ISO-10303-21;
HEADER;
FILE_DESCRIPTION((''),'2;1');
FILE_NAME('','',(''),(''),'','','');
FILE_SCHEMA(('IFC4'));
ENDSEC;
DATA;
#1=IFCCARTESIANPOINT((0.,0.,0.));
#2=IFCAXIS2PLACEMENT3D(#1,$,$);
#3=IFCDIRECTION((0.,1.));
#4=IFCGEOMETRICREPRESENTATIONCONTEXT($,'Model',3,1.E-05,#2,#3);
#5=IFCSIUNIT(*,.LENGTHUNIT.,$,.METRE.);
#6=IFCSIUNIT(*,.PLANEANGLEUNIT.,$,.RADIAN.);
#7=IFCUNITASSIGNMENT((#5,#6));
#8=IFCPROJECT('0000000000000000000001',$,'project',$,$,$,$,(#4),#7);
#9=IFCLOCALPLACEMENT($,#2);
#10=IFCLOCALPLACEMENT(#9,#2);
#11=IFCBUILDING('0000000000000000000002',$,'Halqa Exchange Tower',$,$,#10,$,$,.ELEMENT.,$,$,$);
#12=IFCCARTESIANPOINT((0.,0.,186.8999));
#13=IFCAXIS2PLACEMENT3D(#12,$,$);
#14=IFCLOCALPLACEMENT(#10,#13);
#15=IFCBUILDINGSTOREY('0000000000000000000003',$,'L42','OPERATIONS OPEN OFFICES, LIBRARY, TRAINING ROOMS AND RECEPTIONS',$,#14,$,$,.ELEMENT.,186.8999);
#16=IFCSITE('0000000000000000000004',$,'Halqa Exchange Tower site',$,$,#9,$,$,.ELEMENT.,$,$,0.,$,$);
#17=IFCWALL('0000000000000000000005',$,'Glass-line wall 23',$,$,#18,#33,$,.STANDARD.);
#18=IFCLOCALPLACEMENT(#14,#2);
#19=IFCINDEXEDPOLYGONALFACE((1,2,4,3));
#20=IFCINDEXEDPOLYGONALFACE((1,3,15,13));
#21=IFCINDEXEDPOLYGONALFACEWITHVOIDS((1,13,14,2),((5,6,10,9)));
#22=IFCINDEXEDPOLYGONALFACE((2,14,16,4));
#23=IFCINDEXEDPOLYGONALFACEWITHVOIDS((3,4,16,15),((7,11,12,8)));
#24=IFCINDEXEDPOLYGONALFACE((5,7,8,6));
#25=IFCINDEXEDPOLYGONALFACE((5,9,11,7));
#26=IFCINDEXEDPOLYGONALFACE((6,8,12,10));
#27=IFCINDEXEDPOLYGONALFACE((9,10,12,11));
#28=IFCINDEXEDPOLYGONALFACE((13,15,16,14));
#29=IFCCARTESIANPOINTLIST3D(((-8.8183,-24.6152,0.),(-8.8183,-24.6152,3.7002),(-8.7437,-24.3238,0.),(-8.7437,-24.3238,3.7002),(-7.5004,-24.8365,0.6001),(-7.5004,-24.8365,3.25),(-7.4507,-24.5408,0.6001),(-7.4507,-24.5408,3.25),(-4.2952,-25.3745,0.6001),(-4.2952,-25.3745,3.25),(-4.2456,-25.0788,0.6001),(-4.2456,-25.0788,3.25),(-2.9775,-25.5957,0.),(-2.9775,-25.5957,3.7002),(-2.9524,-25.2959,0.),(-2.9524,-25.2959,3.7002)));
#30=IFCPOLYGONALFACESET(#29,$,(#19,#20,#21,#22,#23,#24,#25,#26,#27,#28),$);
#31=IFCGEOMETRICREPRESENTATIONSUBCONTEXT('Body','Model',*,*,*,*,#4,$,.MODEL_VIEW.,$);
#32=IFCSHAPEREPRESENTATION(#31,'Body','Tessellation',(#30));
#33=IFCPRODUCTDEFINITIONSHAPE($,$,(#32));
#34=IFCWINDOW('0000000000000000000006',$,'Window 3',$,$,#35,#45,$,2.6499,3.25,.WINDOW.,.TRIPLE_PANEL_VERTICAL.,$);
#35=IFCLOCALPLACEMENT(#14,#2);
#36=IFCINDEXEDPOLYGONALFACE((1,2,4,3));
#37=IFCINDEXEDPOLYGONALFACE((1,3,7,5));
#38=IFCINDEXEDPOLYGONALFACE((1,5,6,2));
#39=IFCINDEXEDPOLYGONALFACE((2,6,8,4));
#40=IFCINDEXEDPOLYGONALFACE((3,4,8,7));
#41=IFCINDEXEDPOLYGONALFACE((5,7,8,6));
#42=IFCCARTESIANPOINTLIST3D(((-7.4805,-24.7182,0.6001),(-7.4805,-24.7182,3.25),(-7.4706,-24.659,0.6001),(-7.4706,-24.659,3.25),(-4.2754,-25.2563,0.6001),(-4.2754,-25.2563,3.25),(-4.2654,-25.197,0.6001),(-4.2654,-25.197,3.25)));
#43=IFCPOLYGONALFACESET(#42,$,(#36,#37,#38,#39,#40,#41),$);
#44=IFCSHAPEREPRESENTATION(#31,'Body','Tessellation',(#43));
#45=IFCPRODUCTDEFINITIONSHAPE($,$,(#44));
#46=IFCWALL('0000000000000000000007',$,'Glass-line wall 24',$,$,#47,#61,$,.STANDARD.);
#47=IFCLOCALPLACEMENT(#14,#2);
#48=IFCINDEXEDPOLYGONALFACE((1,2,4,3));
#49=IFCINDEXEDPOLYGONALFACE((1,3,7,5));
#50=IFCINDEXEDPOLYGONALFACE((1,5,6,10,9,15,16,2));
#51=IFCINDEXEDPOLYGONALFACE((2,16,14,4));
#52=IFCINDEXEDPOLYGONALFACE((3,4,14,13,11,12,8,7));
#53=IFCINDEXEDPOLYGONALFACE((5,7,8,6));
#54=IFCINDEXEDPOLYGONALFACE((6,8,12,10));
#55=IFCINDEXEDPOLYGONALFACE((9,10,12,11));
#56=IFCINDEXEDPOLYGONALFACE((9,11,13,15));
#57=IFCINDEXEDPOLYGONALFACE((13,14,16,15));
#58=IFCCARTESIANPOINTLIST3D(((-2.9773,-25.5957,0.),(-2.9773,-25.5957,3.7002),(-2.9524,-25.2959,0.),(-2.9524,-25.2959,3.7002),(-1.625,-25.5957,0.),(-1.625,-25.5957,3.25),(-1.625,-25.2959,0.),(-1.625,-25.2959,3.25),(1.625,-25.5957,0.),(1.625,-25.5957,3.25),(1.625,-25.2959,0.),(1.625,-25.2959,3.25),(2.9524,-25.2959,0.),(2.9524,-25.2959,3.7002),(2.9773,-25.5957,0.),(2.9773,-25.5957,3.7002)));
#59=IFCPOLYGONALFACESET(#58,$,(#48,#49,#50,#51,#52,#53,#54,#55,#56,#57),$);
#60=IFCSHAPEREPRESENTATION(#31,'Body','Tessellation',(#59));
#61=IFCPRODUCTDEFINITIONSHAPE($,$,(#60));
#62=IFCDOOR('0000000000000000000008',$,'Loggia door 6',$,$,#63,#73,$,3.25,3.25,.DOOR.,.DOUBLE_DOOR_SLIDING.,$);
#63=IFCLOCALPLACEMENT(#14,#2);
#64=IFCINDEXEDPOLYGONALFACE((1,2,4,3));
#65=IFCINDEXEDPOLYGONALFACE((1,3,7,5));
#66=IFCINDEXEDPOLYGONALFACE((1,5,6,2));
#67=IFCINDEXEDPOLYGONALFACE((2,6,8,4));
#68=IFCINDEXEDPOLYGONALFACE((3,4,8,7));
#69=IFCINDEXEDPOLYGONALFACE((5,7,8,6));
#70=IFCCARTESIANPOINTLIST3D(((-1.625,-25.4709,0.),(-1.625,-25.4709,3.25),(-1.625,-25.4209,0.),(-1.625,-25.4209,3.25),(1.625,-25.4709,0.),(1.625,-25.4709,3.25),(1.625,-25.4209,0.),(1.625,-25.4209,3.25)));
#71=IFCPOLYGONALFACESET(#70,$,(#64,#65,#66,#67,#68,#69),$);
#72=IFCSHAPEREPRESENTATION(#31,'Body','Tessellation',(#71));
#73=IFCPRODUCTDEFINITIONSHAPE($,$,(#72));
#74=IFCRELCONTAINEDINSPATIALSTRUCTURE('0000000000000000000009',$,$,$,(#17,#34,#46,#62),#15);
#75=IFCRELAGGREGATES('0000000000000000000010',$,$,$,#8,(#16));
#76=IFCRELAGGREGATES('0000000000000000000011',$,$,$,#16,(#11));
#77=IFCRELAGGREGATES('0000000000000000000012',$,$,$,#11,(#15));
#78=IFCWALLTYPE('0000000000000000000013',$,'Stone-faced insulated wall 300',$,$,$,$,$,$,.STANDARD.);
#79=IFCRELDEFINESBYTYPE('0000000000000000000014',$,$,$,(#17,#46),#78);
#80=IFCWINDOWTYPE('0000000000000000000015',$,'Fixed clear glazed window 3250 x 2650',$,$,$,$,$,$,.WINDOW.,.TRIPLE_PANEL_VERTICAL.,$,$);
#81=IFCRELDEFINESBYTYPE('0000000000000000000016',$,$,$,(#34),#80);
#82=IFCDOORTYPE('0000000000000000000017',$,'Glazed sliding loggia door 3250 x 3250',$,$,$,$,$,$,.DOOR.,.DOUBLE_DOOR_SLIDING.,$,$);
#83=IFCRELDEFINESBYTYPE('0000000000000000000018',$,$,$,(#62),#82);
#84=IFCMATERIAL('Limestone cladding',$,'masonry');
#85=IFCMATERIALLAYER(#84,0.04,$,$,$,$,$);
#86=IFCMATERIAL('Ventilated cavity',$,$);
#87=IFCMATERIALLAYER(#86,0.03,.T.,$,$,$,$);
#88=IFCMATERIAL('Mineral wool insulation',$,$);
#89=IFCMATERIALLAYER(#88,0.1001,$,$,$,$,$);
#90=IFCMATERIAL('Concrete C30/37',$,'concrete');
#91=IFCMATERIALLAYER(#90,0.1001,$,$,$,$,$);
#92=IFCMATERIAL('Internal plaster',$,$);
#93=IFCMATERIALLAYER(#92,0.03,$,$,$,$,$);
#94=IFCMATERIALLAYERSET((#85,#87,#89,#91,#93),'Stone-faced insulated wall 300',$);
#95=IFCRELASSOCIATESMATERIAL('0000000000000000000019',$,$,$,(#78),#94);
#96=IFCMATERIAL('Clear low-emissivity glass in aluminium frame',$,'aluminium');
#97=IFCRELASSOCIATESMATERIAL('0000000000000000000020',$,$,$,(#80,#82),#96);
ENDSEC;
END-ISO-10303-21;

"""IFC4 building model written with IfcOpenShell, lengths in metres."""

from ifc_helpers import new_model, si_unit, direction, frame, frame_2d, origin, place, context, subcontext, project, spatial, polyline, rectangle, outline, extrude, material, layer, layer_set, type_object, element, fill, save


model = new_model("IFC4")

# Units and contexts
model_context = context("Model", 3, precision=1e-05, world=origin(), true_north=direction((0.0, 1.0)))
body_context = subcontext(model_context, "Body", "Model", "MODEL_VIEW")
ifc_project = project(units=[si_unit("LENGTHUNIT", "METRE"), si_unit("PLANEANGLEUNIT", "RADIAN")], contexts=[model_context])

# Site, building, storey
site_placement = place(None, origin())
site = spatial("IfcSite", under=ifc_project, at=site_placement, Name="Halqa Exchange Tower site", CompositionType="ELEMENT", RefElevation=0.0)
building_placement = place(site_placement, origin())
building = spatial("IfcBuilding", under=site, at=building_placement, Name="Halqa Exchange Tower", CompositionType="ELEMENT")
storey_placement = place(building_placement, frame((0.0, 0.0, 186.8999)))
storey = spatial("IfcBuildingStorey", under=building, at=storey_placement, Name="L42", Description="OPERATIONS OPEN OFFICES, LIBRARY, TRAINING ROOMS AND RECEPTIONS", CompositionType="ELEMENT", Elevation=186.8999)

# Shared definitions
ifc_material_1 = material(Name="Concrete C30/37", Category="concrete")

# Wall, opening, window
ifc_material_2 = material(Name="Limestone cladding", Category="masonry")
ifc_layer_1 = layer(ifc_material_2, 0.04)
ifc_material_3 = material(Name="Ventilated cavity")
ifc_layer_2 = layer(ifc_material_3, 0.03, ventilated=True)
ifc_material_4 = material(Name="Mineral wool insulation")
ifc_layer_3 = layer(ifc_material_4, 0.1001)
ifc_layer_4 = layer(ifc_material_1, 0.1001)
ifc_material_5 = material(Name="Internal plaster")
ifc_layer_5 = layer(ifc_material_5, 0.03)
ifc_layer_set_1 = layer_set([ifc_layer_1, ifc_layer_2, ifc_layer_3, ifc_layer_4, ifc_layer_5], Name="Stone-faced insulated wall 300")
wall_type_1 = type_object("IfcWallType", Name="Stone-faced insulated wall 300", PredefinedType="STANDARD", material=ifc_layer_set_1)
wall_1_placement = place(storey_placement, frame((-8.781, -24.4695, 0.0), z_axis=(0.0, 0.0, 1.0), x_axis=(0.986202, -0.165547, 0.0)))
wall_1 = element("IfcWall", 1, at=wall_1_placement, inside=storey, type_object=wall_type_1, Name="Glass-line wall 23", PredefinedType="STANDARD", context=body_context, shape_type="SweptSolid", body=[
    extrude(outline(polyline([(-0.0127, -0.1499), (5.9099, -0.1499), (5.885, 0.1499), (0.0127, 0.1499), (-0.0127, -0.1499)])), origin(), (0.0, 0.0, 1.0), 3.7002),
])
opening_1_placement = place(wall_1_placement, frame((1.3237, 0.0, 0.6001)))
opening_1 = element("IfcOpeningElement", 2, at=opening_1_placement, cuts=wall_1, PredefinedType="OPENING", context=body_context, shape_type="SweptSolid", body=[
    extrude(rectangle(XDim=3.25, YDim=2.6499, at=frame_2d((1.625, 1.325))), frame((0.0, 0.1621, 0.0), z_axis=(0.0, -1.0, 0.0), x_axis=(1.0, 0.0, 0.0)), (0.0, 0.0, 1.0), 0.324),
])
ifc_material_6 = material(Name="Clear low-emissivity glass in aluminium frame", Category="aluminium")
window_type = type_object("IfcWindowType", Name="Fixed clear glazed window 3250 x 2650", PartitioningType="TRIPLE_PANEL_VERTICAL", PredefinedType="WINDOW", material=ifc_material_6)
window_placement = place(opening_1_placement, origin())
window = element("IfcWindow", 3, at=window_placement, inside=storey, type_object=window_type, Name="Window 3", OverallHeight=2.6499, OverallWidth=3.25, PartitioningType="TRIPLE_PANEL_VERTICAL", PredefinedType="WINDOW", context=body_context, shape_type="SweptSolid", body=[
    extrude(rectangle(XDim=3.25, YDim=2.6499, at=frame_2d((1.625, 1.325))), frame((0.0, 0.03, 0.0), z_axis=(0.0, -1.0, 0.0), x_axis=(1.0, 0.0, 0.0)), (0.0, 0.0, 1.0), 0.0601),
])
fill(opening_1, window)

# Wall, opening, door
wall_2_placement = place(storey_placement, frame((-2.9648, -25.4458, 0.0), z_axis=(0.0, 0.0, 1.0), x_axis=(1.0, 0.0, 0.0)))
wall_2 = element("IfcWall", 4, at=wall_2_placement, inside=storey, type_object=wall_type_1, Name="Glass-line wall 24", PredefinedType="STANDARD", context=body_context, shape_type="SweptSolid", body=[
    extrude(outline(polyline([(-0.0125, -0.1499), (5.9421, -0.1499), (5.9172, 0.1499), (0.0125, 0.1499), (-0.0125, -0.1499)])), origin(), (0.0, 0.0, 1.0), 3.7002),
])
opening_2_placement = place(wall_2_placement, frame((1.3398, 0.0, 0.0)))
opening_2 = element("IfcOpeningElement", 5, at=opening_2_placement, cuts=wall_2, PredefinedType="OPENING", context=body_context, shape_type="SweptSolid", body=[
    extrude(rectangle(XDim=3.25, YDim=3.25, at=frame_2d((1.625, 1.625))), frame((0.0, 0.1621, 0.0), z_axis=(0.0, -1.0, 0.0), x_axis=(1.0, 0.0, 0.0)), (0.0, 0.0, 1.0), 0.324),
])
door_type = type_object("IfcDoorType", Name="Glazed sliding loggia door 3250 x 3250", OperationType="DOUBLE_DOOR_SLIDING", PredefinedType="DOOR", material=ifc_material_6)
door_placement = place(opening_2_placement, origin())
door = element("IfcDoor", 6, at=door_placement, inside=storey, type_object=door_type, Name="Loggia door 6", OperationType="DOUBLE_DOOR_SLIDING", OverallHeight=3.25, OverallWidth=3.25, PredefinedType="DOOR", context=body_context, shape_type="SweptSolid", body=[
    extrude(rectangle(XDim=3.25, YDim=3.25, at=frame_2d((1.625, 1.625))), frame((0.0, 0.0249, 0.0), z_axis=(0.0, -1.0, 0.0), x_axis=(1.0, 0.0, 0.0)), (0.0, 0.0, 1.0), 0.05),
])
fill(opening_2, door)

save(model, "model.ifc")
